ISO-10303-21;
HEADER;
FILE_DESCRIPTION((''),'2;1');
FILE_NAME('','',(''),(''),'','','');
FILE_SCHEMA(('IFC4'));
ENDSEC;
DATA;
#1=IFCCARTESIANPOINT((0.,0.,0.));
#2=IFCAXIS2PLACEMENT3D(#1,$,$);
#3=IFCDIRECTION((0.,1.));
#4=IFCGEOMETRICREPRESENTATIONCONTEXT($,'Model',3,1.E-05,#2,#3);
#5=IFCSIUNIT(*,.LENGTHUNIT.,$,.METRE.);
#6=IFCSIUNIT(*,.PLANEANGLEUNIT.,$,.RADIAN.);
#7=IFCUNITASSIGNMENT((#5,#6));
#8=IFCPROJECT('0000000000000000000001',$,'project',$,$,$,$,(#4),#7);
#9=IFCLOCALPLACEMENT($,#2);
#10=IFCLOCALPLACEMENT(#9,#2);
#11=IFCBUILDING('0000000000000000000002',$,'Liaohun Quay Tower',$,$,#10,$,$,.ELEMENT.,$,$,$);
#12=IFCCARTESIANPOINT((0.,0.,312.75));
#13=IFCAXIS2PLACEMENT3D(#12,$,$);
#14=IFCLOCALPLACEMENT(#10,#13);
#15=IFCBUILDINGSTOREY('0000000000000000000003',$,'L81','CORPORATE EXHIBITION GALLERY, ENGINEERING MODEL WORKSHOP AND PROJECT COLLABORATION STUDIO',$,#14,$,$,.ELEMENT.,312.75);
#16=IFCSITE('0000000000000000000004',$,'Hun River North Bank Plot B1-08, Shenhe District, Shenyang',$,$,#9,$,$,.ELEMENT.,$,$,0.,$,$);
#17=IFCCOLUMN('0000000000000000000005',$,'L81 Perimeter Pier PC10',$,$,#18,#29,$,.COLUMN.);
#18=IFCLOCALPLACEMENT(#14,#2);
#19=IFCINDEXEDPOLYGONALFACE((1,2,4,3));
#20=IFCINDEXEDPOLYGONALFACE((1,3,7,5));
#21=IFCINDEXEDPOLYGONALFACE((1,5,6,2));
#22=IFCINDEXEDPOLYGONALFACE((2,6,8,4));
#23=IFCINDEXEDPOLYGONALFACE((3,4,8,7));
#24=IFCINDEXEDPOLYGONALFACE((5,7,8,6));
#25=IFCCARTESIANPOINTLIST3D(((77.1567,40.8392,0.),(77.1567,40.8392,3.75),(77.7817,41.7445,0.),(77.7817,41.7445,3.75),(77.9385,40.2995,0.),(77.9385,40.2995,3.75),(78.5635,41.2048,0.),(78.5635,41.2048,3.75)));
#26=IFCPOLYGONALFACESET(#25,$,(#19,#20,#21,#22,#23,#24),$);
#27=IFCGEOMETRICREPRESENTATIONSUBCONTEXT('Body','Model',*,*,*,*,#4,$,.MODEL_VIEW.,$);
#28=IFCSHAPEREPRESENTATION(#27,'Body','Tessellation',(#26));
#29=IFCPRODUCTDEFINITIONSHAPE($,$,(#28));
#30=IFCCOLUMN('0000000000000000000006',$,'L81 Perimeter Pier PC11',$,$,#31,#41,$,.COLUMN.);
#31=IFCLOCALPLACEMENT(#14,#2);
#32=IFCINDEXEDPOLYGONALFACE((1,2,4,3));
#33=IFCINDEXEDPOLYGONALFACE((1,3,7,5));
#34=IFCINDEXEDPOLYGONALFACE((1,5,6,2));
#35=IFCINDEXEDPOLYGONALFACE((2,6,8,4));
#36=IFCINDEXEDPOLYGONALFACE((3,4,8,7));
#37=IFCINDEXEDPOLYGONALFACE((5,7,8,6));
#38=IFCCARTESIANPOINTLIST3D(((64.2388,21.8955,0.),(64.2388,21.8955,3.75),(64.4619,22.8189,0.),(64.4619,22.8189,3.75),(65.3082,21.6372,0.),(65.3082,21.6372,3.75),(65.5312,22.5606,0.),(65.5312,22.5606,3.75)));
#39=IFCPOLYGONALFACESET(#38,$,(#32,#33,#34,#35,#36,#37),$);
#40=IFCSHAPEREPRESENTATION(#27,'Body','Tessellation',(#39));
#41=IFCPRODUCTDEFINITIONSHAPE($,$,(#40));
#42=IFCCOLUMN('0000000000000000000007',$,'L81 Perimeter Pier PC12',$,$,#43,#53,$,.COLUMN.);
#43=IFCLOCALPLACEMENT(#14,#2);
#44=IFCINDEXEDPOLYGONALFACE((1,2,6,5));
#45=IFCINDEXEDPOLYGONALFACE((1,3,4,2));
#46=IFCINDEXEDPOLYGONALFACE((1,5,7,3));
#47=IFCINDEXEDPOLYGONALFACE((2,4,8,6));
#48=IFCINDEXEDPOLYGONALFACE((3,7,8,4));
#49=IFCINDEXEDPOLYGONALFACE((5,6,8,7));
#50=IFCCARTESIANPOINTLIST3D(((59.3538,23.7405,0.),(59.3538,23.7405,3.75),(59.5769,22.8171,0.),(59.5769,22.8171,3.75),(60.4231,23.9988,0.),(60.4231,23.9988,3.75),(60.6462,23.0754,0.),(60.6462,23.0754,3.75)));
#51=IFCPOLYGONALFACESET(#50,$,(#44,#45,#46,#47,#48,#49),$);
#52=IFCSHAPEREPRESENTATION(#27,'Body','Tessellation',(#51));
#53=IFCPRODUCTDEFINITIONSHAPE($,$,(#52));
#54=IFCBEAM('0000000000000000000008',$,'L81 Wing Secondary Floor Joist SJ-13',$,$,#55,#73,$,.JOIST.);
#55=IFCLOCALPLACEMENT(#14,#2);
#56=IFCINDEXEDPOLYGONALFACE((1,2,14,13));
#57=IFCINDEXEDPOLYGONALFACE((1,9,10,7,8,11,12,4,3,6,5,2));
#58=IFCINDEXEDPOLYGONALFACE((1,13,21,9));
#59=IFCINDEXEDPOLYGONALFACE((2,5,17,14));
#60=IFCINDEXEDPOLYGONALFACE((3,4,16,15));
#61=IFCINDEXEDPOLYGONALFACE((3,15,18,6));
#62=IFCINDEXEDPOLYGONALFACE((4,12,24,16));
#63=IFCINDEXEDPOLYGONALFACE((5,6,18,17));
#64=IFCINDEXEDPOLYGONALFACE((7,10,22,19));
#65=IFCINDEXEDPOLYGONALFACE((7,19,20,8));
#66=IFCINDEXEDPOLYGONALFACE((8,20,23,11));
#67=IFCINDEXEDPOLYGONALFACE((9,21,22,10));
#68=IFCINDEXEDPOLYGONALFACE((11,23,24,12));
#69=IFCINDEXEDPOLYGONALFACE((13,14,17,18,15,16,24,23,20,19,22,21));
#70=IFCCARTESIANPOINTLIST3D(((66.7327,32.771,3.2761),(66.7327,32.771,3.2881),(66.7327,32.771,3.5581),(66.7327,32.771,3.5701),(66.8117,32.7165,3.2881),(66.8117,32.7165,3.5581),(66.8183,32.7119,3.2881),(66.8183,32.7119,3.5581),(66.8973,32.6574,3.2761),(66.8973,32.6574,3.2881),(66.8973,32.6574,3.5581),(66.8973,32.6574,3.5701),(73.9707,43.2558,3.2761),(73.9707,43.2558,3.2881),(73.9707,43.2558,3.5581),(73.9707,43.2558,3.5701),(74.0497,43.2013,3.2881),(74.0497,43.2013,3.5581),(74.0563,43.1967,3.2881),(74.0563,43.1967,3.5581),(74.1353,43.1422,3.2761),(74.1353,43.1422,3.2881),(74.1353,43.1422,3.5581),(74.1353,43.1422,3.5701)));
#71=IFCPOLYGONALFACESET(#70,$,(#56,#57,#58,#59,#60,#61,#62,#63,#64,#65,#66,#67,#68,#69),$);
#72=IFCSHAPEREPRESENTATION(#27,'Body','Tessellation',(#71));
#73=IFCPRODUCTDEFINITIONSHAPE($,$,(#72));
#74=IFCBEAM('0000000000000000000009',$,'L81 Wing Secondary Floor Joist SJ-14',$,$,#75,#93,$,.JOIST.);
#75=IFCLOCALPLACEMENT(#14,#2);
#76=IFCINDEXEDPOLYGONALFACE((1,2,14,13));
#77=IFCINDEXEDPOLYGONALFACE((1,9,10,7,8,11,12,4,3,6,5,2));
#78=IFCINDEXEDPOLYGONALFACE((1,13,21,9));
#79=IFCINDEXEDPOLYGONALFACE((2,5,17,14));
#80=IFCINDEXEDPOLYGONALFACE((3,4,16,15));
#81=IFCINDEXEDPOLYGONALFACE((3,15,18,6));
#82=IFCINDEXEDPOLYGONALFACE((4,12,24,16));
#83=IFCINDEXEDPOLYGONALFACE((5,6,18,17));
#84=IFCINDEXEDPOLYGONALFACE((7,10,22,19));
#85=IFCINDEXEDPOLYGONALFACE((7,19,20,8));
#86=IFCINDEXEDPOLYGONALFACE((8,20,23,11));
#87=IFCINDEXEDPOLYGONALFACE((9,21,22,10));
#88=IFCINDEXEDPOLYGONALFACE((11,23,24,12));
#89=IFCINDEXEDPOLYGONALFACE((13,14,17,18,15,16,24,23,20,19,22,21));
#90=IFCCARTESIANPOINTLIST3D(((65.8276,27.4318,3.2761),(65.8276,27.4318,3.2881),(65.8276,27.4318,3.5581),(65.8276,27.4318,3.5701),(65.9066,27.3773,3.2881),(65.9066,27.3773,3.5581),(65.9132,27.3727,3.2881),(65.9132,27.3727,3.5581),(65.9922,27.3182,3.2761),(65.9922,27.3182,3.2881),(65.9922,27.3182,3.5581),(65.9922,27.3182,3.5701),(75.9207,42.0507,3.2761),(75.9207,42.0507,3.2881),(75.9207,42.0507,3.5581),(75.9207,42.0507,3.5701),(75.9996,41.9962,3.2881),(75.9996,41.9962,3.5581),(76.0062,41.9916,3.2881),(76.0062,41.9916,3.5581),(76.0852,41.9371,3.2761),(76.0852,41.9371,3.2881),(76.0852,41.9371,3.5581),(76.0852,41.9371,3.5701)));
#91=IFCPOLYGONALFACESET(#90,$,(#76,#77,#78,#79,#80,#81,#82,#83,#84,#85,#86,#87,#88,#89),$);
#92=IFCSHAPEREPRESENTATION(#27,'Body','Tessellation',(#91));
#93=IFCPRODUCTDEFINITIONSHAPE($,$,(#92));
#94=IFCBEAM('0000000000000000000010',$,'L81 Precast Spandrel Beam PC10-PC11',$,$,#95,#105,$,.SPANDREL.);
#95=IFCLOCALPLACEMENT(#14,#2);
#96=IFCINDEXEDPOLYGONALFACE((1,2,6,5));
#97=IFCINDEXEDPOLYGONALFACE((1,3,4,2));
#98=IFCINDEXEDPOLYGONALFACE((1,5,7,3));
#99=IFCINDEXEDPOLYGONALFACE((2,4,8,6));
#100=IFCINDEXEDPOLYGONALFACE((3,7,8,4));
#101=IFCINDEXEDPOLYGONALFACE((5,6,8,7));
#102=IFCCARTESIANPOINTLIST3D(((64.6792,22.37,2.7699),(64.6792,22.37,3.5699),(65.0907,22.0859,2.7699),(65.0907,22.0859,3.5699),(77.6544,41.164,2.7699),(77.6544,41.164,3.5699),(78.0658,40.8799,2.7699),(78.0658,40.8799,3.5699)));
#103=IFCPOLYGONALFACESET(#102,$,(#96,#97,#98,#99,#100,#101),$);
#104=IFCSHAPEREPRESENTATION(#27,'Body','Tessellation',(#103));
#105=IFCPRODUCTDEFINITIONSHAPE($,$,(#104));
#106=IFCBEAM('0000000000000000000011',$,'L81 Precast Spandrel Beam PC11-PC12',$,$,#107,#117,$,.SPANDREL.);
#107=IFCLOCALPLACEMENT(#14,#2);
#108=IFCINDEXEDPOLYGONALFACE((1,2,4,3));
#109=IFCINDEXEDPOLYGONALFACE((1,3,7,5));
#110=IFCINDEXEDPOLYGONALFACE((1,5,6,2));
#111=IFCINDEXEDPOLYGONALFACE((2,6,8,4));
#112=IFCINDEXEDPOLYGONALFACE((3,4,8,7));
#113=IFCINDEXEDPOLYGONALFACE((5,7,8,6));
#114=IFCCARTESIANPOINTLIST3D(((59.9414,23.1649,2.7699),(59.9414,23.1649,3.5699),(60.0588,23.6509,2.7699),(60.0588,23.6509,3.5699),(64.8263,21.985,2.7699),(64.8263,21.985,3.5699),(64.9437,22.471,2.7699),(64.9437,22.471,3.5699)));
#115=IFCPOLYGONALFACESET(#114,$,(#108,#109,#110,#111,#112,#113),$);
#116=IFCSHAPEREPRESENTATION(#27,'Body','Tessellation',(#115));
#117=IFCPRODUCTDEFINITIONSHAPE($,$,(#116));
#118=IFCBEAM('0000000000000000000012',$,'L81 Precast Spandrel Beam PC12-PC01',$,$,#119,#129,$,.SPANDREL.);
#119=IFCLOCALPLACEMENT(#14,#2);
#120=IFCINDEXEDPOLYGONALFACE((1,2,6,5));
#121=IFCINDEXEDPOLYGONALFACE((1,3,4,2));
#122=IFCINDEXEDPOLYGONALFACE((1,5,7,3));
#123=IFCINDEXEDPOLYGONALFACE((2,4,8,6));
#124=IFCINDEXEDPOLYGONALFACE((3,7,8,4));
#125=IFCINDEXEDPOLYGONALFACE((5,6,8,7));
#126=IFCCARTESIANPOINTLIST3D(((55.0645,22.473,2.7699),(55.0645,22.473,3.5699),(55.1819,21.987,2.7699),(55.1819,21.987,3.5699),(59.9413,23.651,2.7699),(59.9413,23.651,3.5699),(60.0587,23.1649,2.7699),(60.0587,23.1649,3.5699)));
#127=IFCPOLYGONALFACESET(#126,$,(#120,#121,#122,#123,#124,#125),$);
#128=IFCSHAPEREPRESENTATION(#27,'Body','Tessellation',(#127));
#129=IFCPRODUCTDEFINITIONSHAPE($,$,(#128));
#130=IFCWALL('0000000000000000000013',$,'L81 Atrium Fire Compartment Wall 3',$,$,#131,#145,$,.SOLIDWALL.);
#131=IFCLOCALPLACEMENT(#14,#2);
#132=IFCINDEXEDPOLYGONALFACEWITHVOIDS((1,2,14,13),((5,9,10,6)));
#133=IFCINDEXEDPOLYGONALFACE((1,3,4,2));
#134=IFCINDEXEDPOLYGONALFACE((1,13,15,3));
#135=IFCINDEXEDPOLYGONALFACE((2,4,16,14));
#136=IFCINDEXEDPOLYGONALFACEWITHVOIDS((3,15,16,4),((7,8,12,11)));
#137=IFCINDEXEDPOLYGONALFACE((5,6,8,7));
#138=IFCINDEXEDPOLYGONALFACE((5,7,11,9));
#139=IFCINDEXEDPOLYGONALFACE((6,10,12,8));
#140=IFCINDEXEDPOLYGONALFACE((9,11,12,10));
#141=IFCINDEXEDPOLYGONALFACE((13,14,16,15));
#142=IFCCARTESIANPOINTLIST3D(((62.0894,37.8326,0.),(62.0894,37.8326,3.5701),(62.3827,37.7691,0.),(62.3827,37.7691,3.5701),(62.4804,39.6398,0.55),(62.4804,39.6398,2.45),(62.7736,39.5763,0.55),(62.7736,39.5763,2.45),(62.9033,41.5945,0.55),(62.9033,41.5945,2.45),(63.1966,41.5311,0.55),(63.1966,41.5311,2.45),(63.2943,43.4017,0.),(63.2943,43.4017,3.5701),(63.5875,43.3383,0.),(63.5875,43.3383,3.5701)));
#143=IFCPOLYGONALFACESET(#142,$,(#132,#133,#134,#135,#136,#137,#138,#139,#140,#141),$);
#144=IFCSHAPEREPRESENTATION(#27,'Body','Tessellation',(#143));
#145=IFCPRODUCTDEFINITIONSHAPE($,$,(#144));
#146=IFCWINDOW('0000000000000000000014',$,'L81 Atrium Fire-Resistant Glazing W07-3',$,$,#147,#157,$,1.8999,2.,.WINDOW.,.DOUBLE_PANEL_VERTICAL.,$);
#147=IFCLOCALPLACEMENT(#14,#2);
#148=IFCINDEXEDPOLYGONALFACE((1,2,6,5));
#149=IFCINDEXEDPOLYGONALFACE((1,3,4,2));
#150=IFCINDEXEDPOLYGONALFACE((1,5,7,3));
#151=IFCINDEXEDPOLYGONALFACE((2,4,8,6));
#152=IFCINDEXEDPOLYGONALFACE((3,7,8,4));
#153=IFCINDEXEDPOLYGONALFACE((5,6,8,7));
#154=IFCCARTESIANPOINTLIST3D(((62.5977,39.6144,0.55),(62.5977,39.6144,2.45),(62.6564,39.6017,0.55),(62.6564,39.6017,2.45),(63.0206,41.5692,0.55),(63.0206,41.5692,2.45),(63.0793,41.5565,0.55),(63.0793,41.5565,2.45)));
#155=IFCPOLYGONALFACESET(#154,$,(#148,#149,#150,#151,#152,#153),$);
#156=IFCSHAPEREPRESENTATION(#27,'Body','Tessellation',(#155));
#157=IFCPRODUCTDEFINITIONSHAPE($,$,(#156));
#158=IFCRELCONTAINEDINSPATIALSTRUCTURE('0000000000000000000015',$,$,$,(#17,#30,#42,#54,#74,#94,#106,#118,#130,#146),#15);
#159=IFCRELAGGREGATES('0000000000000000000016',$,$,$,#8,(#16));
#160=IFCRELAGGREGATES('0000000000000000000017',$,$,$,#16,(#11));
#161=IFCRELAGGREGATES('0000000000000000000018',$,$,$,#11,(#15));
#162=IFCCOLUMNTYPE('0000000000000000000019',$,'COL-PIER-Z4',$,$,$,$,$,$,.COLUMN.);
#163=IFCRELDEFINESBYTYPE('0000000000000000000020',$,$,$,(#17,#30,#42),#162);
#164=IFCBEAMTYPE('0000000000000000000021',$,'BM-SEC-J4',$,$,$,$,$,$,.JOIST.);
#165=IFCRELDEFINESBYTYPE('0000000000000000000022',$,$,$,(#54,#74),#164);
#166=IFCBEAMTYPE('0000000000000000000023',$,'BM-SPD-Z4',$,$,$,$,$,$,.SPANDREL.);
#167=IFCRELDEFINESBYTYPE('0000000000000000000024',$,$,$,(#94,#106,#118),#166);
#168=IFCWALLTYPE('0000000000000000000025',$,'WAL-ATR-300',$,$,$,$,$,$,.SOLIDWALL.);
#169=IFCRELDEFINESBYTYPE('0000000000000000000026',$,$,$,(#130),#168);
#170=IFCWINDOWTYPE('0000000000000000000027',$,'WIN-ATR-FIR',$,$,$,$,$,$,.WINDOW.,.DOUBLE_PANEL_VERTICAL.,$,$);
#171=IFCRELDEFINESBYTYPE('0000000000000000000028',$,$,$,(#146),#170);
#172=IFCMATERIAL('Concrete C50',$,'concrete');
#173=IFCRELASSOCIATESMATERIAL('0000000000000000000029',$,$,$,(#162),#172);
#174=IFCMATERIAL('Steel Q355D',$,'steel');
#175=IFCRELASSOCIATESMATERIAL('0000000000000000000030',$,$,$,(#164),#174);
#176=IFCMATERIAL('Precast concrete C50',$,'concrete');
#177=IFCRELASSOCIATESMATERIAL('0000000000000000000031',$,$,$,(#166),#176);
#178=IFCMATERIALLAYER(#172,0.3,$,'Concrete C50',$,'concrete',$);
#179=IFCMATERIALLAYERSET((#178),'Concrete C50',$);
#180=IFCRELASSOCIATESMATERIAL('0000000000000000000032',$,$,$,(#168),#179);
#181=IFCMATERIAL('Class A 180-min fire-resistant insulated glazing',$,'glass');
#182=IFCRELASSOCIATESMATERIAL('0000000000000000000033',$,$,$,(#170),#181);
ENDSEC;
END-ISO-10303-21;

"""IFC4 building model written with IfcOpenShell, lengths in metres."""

from ifc_helpers import new_model, si_unit, direction, frame, frame_2d, origin, origin_2d, place, context, subcontext, project, spatial, rectangle, i_section, extrude, source, transform, mapped, material, layer, layer_set, material_profile, profile_set, type_object, element, fill, save


model = new_model("IFC4")

# Units and contexts
model_context = context("Model", 3, precision=1e-05, world=origin(), true_north=direction((0.0, 1.0)))
body_context = subcontext(model_context, "Body", "Model", "MODEL_VIEW")
ifc_project = project(units=[si_unit("LENGTHUNIT", "METRE"), si_unit("PLANEANGLEUNIT", "RADIAN")], contexts=[model_context])

# Site, building, storey
site_placement = place(None, origin())
site = spatial("IfcSite", under=ifc_project, at=site_placement, Name="Hun River North Bank Plot B1-08, Shenhe District, Shenyang", CompositionType="ELEMENT", RefElevation=0.0)
building_placement = place(site_placement, origin())
building = spatial("IfcBuilding", under=site, at=building_placement, Name="Liaohun Quay Tower", CompositionType="ELEMENT")
storey_placement = place(building_placement, frame((0.0, 0.0, 312.75)))
storey = spatial("IfcBuildingStorey", under=building, at=storey_placement, Name="L81", Description="CORPORATE EXHIBITION GALLERY, ENGINEERING MODEL WORKSHOP AND PROJECT COLLABORATION STUDIO", CompositionType="ELEMENT", Elevation=312.75)

# Columns
ifc_material_1 = material(Name="Concrete C50", Category="concrete")
ifc_material_profile_1 = material_profile(ifc_material_1, rectangle(XDim=1.1001, YDim=0.95, at=origin_2d()), Name="RC1100x950")
ifc_profile_set_1 = profile_set([ifc_material_profile_1], Name="Concrete C50")
column_type = type_object("IfcColumnType", Name="COL-PIER-Z4", PredefinedType="COLUMN", material=ifc_profile_set_1)
shared_shape_1 = source(origin(), body_context, "Body", "SweptSolid", [
    extrude(rectangle(XDim=1.1001, YDim=0.95, at=origin_2d()), origin(), (0.0, 0.0, 1.0), 3.75),
])
for number, where, z_axis, x_axis, name in (
    (1, (77.8601, 41.022, 0.0), (0.0, 0.0, 1.0), (0.568131, 0.822938, 0.0), "L81 Perimeter Pier PC10"),
    (2, (64.885, 22.228, 0.0), (0.0, 0.0, 1.0), (-0.972043, 0.234803, 0.0), "L81 Perimeter Pier PC11"),
    (3, (60.0, 23.408, 0.0), (0.0, 0.0, 1.0), (0.972043, 0.234803, 0.0), "L81 Perimeter Pier PC12"),
):
    element("IfcColumn", number, at=place(storey_placement, frame(where, z_axis=z_axis, x_axis=x_axis)), inside=storey, type_object=column_type, Name=name, PredefinedType="COLUMN", context=body_context, shape_type="MappedRepresentation", body=[
        mapped(shared_shape_1, transform((0.0, 0.0, 0.0), x_axis=(1.0, 0.0, 0.0), y_axis=(0.0, 1.0, 0.0), z_axis=(0.0, 0.0, 1.0), scale=1.0)),
    ])

# Beams
ifc_material_2 = material(Name="Steel Q355D", Category="steel")
ifc_material_profile_2 = material_profile(ifc_material_2, i_section(OverallWidth=0.2, OverallDepth=0.2939, WebThickness=0.0081, FlangeThickness=0.012, at=origin_2d()), Name="HM294x200x8x12")
ifc_profile_set_2 = profile_set([ifc_material_profile_2], Name="Steel Q355D")
beam_type_1 = type_object("IfcBeamType", Name="BM-SEC-J4", PredefinedType="JOIST", material=ifc_profile_set_2)
shared_shape_2 = source(origin(), body_context, "Body", "SweptSolid", [
    extrude(i_section(OverallWidth=0.2, OverallDepth=0.2939, WebThickness=0.0081, FlangeThickness=0.012, at=origin_2d()), origin(), (0.0, 0.0, 1.0), 12.7405),
])
beam_1_placement = place(storey_placement, frame((74.053, 43.199, 3.4231), z_axis=(-0.56811, -0.822952, 0.0), x_axis=(0.822952, -0.56811, 0.0)))
element("IfcBeam", 4, at=beam_1_placement, inside=storey, type_object=beam_type_1, Name="L81 Wing Secondary Floor Joist SJ-13", PredefinedType="JOIST", context=body_context, shape_type="MappedRepresentation", body=[
    mapped(shared_shape_2, transform((0.0, 0.0, 0.0), x_axis=(1.0, 0.0, 0.0), y_axis=(0.0, 1.0, 0.0), z_axis=(0.0, 0.0, 1.0), scale=1.0)),
])
shared_shape_3 = source(origin(), body_context, "Body", "SweptSolid", [
    extrude(i_section(OverallWidth=0.2, OverallDepth=0.2939, WebThickness=0.0081, FlangeThickness=0.012, at=origin_2d()), origin(), (0.0, 0.0, 1.0), 17.7646),
])
beam_2_placement = place(storey_placement, frame((76.0029, 41.9939, 3.4231), z_axis=(-0.568153, -0.822923, 0.0), x_axis=(0.822923, -0.568153, 0.0)))
element("IfcBeam", 5, at=beam_2_placement, inside=storey, type_object=beam_type_1, Name="L81 Wing Secondary Floor Joist SJ-14", PredefinedType="JOIST", context=body_context, shape_type="MappedRepresentation", body=[
    mapped(shared_shape_3, transform((0.0, 0.0, 0.0), x_axis=(1.0, 0.0, 0.0), y_axis=(0.0, 1.0, 0.0), z_axis=(0.0, 0.0, 1.0), scale=1.0)),
])
ifc_material_3 = material(Name="Precast concrete C50", Category="concrete")
ifc_material_profile_3 = material_profile(ifc_material_3, rectangle(XDim=0.5, YDim=0.8, at=origin_2d()), Name="RC500x800")
ifc_profile_set_3 = profile_set([ifc_material_profile_3], Name="Precast concrete C50")
beam_type_2 = type_object("IfcBeamType", Name="BM-SPD-Z4", PredefinedType="SPANDREL", material=ifc_profile_set_3)
shared_shape_4 = source(origin(), body_context, "Body", "SweptSolid", [
    extrude(rectangle(XDim=0.5, YDim=0.8, at=origin_2d()), origin(), (0.0, 0.0, 1.0), 22.8379),
])
beam_3_placement = place(storey_placement, frame((77.8601, 41.022, 3.1699), z_axis=(-0.568141, -0.822931, 0.0), x_axis=(0.822931, -0.568141, 0.0)))
element("IfcBeam", 6, at=beam_3_placement, inside=storey, type_object=beam_type_2, Name="L81 Precast Spandrel Beam PC10-PC11", PredefinedType="SPANDREL", context=body_context, shape_type="MappedRepresentation", body=[
    mapped(shared_shape_4, transform((0.0, 0.0, 0.0), x_axis=(1.0, 0.0, 0.0), y_axis=(0.0, 1.0, 0.0), z_axis=(0.0, 0.0, 1.0), scale=1.0)),
])
shared_shape_5 = source(origin(), body_context, "Body", "SweptSolid", [
    extrude(rectangle(XDim=0.5, YDim=0.8, at=origin_2d()), origin(), (0.0, 0.0, 1.0), 5.0254),
])
beam_4_placement = place(storey_placement, frame((64.885, 22.228, 3.1699), z_axis=(-0.972046, 0.234789, 0.0), x_axis=(-0.234789, -0.972046, 0.0)))
element("IfcBeam", 7, at=beam_4_placement, inside=storey, type_object=beam_type_2, Name="L81 Precast Spandrel Beam PC11-PC12", PredefinedType="SPANDREL", context=body_context, shape_type="MappedRepresentation", body=[
    mapped(shared_shape_5, transform((0.0, 0.0, 0.0), x_axis=(1.0, 0.0, 0.0), y_axis=(0.0, 1.0, 0.0), z_axis=(0.0, 0.0, 1.0), scale=1.0)),
])
shared_shape_6 = source(origin(), body_context, "Body", "SweptSolid", [
    extrude(rectangle(XDim=0.5, YDim=0.8, at=origin_2d()), origin(), (0.0, 0.0, 1.0), 5.0171),
])
beam_5_placement = place(storey_placement, frame((60.0, 23.408, 3.1699), z_axis=(-0.972047, -0.234788, 0.0), x_axis=(0.234788, -0.972047, 0.0)))
element("IfcBeam", 8, at=beam_5_placement, inside=storey, type_object=beam_type_2, Name="L81 Precast Spandrel Beam PC12-PC01", PredefinedType="SPANDREL", context=body_context, shape_type="MappedRepresentation", body=[
    mapped(shared_shape_6, transform((0.0, 0.0, 0.0), x_axis=(1.0, 0.0, 0.0), y_axis=(0.0, 1.0, 0.0), z_axis=(0.0, 0.0, 1.0), scale=1.0)),
])

# Wall, opening, window
ifc_layer_1 = layer(ifc_material_1, 0.3, Name="Concrete C50", Category="concrete")
ifc_layer_set_1 = layer_set([ifc_layer_1], Name="Concrete C50")
wall_type_1 = type_object("IfcWallType", Name="WAL-ATR-300", PredefinedType="SOLIDWALL", material=ifc_layer_set_1)
wall_1_placement = place(storey_placement, frame((63.4409, 43.3701, 0.0), z_axis=(0.0, 0.0, 1.0), x_axis=(-0.211451, -0.977389, 0.0)))
wall_1 = element("IfcWall", 9, at=wall_1_placement, inside=storey, type_object=wall_type_1, Name="L81 Atrium Fire Compartment Wall 3", PredefinedType="SOLIDWALL", context=body_context, shape_type="SweptSolid", body=[
    extrude(rectangle(XDim=5.698, YDim=0.3, at=frame_2d((2.8491, 0.0))), origin(), (0.0, 0.0, 1.0), 3.5701),
])
shared_shape_7 = source(origin(), body_context, "Body", "SweptSolid", [
    extrude(rectangle(XDim=2.0, YDim=1.8999, at=frame_2d((1.0, 0.95))), frame((0.0, 0.1599, 0.0), z_axis=(0.0, -1.0, 0.0), x_axis=(1.0, 0.0, 0.0)), (0.0, 0.0, 1.0), 0.3201),
])
opening_1_placement = place(wall_1_placement, frame((1.8491, 0.0, 0.55)))
opening_1 = element("IfcOpeningElement", 10, at=opening_1_placement, cuts=wall_1, PredefinedType="OPENING", context=body_context, shape_type="MappedRepresentation", body=[
    mapped(shared_shape_7, transform((0.0, 0.0, 0.0), x_axis=(1.0, 0.0, 0.0), y_axis=(0.0, 1.0, 0.0), z_axis=(0.0, 0.0, 1.0), scale=1.0)),
])
ifc_material_4 = material(Name="Class A 180-min fire-resistant insulated glazing", Category="glass")
window_type_1 = type_object("IfcWindowType", Name="WIN-ATR-FIR", PartitioningType="DOUBLE_PANEL_VERTICAL", PredefinedType="WINDOW", material=ifc_material_4)
shared_shape_8 = source(origin(), body_context, "Body", "SweptSolid", [
    extrude(rectangle(XDim=2.0, YDim=1.8999, at=frame_2d((1.0, 0.95))), frame((0.0, 0.03, 0.0), z_axis=(0.0, -1.0, 0.0), x_axis=(1.0, 0.0, 0.0)), (0.0, 0.0, 1.0), 0.0601),
])
window_1_placement = place(opening_1_placement, origin())
window_1 = element("IfcWindow", 11, at=window_1_placement, inside=storey, type_object=window_type_1, Name="L81 Atrium Fire-Resistant Glazing W07-3", OverallHeight=1.8999, OverallWidth=2.0, PartitioningType="DOUBLE_PANEL_VERTICAL", PredefinedType="WINDOW", context=body_context, shape_type="MappedRepresentation", body=[
    mapped(shared_shape_8, transform((0.0, 0.0, 0.0), x_axis=(1.0, 0.0, 0.0), y_axis=(0.0, 1.0, 0.0), z_axis=(0.0, 0.0, 1.0), scale=1.0)),
])
fill(opening_1, window_1)

save(model, "model.ifc")
